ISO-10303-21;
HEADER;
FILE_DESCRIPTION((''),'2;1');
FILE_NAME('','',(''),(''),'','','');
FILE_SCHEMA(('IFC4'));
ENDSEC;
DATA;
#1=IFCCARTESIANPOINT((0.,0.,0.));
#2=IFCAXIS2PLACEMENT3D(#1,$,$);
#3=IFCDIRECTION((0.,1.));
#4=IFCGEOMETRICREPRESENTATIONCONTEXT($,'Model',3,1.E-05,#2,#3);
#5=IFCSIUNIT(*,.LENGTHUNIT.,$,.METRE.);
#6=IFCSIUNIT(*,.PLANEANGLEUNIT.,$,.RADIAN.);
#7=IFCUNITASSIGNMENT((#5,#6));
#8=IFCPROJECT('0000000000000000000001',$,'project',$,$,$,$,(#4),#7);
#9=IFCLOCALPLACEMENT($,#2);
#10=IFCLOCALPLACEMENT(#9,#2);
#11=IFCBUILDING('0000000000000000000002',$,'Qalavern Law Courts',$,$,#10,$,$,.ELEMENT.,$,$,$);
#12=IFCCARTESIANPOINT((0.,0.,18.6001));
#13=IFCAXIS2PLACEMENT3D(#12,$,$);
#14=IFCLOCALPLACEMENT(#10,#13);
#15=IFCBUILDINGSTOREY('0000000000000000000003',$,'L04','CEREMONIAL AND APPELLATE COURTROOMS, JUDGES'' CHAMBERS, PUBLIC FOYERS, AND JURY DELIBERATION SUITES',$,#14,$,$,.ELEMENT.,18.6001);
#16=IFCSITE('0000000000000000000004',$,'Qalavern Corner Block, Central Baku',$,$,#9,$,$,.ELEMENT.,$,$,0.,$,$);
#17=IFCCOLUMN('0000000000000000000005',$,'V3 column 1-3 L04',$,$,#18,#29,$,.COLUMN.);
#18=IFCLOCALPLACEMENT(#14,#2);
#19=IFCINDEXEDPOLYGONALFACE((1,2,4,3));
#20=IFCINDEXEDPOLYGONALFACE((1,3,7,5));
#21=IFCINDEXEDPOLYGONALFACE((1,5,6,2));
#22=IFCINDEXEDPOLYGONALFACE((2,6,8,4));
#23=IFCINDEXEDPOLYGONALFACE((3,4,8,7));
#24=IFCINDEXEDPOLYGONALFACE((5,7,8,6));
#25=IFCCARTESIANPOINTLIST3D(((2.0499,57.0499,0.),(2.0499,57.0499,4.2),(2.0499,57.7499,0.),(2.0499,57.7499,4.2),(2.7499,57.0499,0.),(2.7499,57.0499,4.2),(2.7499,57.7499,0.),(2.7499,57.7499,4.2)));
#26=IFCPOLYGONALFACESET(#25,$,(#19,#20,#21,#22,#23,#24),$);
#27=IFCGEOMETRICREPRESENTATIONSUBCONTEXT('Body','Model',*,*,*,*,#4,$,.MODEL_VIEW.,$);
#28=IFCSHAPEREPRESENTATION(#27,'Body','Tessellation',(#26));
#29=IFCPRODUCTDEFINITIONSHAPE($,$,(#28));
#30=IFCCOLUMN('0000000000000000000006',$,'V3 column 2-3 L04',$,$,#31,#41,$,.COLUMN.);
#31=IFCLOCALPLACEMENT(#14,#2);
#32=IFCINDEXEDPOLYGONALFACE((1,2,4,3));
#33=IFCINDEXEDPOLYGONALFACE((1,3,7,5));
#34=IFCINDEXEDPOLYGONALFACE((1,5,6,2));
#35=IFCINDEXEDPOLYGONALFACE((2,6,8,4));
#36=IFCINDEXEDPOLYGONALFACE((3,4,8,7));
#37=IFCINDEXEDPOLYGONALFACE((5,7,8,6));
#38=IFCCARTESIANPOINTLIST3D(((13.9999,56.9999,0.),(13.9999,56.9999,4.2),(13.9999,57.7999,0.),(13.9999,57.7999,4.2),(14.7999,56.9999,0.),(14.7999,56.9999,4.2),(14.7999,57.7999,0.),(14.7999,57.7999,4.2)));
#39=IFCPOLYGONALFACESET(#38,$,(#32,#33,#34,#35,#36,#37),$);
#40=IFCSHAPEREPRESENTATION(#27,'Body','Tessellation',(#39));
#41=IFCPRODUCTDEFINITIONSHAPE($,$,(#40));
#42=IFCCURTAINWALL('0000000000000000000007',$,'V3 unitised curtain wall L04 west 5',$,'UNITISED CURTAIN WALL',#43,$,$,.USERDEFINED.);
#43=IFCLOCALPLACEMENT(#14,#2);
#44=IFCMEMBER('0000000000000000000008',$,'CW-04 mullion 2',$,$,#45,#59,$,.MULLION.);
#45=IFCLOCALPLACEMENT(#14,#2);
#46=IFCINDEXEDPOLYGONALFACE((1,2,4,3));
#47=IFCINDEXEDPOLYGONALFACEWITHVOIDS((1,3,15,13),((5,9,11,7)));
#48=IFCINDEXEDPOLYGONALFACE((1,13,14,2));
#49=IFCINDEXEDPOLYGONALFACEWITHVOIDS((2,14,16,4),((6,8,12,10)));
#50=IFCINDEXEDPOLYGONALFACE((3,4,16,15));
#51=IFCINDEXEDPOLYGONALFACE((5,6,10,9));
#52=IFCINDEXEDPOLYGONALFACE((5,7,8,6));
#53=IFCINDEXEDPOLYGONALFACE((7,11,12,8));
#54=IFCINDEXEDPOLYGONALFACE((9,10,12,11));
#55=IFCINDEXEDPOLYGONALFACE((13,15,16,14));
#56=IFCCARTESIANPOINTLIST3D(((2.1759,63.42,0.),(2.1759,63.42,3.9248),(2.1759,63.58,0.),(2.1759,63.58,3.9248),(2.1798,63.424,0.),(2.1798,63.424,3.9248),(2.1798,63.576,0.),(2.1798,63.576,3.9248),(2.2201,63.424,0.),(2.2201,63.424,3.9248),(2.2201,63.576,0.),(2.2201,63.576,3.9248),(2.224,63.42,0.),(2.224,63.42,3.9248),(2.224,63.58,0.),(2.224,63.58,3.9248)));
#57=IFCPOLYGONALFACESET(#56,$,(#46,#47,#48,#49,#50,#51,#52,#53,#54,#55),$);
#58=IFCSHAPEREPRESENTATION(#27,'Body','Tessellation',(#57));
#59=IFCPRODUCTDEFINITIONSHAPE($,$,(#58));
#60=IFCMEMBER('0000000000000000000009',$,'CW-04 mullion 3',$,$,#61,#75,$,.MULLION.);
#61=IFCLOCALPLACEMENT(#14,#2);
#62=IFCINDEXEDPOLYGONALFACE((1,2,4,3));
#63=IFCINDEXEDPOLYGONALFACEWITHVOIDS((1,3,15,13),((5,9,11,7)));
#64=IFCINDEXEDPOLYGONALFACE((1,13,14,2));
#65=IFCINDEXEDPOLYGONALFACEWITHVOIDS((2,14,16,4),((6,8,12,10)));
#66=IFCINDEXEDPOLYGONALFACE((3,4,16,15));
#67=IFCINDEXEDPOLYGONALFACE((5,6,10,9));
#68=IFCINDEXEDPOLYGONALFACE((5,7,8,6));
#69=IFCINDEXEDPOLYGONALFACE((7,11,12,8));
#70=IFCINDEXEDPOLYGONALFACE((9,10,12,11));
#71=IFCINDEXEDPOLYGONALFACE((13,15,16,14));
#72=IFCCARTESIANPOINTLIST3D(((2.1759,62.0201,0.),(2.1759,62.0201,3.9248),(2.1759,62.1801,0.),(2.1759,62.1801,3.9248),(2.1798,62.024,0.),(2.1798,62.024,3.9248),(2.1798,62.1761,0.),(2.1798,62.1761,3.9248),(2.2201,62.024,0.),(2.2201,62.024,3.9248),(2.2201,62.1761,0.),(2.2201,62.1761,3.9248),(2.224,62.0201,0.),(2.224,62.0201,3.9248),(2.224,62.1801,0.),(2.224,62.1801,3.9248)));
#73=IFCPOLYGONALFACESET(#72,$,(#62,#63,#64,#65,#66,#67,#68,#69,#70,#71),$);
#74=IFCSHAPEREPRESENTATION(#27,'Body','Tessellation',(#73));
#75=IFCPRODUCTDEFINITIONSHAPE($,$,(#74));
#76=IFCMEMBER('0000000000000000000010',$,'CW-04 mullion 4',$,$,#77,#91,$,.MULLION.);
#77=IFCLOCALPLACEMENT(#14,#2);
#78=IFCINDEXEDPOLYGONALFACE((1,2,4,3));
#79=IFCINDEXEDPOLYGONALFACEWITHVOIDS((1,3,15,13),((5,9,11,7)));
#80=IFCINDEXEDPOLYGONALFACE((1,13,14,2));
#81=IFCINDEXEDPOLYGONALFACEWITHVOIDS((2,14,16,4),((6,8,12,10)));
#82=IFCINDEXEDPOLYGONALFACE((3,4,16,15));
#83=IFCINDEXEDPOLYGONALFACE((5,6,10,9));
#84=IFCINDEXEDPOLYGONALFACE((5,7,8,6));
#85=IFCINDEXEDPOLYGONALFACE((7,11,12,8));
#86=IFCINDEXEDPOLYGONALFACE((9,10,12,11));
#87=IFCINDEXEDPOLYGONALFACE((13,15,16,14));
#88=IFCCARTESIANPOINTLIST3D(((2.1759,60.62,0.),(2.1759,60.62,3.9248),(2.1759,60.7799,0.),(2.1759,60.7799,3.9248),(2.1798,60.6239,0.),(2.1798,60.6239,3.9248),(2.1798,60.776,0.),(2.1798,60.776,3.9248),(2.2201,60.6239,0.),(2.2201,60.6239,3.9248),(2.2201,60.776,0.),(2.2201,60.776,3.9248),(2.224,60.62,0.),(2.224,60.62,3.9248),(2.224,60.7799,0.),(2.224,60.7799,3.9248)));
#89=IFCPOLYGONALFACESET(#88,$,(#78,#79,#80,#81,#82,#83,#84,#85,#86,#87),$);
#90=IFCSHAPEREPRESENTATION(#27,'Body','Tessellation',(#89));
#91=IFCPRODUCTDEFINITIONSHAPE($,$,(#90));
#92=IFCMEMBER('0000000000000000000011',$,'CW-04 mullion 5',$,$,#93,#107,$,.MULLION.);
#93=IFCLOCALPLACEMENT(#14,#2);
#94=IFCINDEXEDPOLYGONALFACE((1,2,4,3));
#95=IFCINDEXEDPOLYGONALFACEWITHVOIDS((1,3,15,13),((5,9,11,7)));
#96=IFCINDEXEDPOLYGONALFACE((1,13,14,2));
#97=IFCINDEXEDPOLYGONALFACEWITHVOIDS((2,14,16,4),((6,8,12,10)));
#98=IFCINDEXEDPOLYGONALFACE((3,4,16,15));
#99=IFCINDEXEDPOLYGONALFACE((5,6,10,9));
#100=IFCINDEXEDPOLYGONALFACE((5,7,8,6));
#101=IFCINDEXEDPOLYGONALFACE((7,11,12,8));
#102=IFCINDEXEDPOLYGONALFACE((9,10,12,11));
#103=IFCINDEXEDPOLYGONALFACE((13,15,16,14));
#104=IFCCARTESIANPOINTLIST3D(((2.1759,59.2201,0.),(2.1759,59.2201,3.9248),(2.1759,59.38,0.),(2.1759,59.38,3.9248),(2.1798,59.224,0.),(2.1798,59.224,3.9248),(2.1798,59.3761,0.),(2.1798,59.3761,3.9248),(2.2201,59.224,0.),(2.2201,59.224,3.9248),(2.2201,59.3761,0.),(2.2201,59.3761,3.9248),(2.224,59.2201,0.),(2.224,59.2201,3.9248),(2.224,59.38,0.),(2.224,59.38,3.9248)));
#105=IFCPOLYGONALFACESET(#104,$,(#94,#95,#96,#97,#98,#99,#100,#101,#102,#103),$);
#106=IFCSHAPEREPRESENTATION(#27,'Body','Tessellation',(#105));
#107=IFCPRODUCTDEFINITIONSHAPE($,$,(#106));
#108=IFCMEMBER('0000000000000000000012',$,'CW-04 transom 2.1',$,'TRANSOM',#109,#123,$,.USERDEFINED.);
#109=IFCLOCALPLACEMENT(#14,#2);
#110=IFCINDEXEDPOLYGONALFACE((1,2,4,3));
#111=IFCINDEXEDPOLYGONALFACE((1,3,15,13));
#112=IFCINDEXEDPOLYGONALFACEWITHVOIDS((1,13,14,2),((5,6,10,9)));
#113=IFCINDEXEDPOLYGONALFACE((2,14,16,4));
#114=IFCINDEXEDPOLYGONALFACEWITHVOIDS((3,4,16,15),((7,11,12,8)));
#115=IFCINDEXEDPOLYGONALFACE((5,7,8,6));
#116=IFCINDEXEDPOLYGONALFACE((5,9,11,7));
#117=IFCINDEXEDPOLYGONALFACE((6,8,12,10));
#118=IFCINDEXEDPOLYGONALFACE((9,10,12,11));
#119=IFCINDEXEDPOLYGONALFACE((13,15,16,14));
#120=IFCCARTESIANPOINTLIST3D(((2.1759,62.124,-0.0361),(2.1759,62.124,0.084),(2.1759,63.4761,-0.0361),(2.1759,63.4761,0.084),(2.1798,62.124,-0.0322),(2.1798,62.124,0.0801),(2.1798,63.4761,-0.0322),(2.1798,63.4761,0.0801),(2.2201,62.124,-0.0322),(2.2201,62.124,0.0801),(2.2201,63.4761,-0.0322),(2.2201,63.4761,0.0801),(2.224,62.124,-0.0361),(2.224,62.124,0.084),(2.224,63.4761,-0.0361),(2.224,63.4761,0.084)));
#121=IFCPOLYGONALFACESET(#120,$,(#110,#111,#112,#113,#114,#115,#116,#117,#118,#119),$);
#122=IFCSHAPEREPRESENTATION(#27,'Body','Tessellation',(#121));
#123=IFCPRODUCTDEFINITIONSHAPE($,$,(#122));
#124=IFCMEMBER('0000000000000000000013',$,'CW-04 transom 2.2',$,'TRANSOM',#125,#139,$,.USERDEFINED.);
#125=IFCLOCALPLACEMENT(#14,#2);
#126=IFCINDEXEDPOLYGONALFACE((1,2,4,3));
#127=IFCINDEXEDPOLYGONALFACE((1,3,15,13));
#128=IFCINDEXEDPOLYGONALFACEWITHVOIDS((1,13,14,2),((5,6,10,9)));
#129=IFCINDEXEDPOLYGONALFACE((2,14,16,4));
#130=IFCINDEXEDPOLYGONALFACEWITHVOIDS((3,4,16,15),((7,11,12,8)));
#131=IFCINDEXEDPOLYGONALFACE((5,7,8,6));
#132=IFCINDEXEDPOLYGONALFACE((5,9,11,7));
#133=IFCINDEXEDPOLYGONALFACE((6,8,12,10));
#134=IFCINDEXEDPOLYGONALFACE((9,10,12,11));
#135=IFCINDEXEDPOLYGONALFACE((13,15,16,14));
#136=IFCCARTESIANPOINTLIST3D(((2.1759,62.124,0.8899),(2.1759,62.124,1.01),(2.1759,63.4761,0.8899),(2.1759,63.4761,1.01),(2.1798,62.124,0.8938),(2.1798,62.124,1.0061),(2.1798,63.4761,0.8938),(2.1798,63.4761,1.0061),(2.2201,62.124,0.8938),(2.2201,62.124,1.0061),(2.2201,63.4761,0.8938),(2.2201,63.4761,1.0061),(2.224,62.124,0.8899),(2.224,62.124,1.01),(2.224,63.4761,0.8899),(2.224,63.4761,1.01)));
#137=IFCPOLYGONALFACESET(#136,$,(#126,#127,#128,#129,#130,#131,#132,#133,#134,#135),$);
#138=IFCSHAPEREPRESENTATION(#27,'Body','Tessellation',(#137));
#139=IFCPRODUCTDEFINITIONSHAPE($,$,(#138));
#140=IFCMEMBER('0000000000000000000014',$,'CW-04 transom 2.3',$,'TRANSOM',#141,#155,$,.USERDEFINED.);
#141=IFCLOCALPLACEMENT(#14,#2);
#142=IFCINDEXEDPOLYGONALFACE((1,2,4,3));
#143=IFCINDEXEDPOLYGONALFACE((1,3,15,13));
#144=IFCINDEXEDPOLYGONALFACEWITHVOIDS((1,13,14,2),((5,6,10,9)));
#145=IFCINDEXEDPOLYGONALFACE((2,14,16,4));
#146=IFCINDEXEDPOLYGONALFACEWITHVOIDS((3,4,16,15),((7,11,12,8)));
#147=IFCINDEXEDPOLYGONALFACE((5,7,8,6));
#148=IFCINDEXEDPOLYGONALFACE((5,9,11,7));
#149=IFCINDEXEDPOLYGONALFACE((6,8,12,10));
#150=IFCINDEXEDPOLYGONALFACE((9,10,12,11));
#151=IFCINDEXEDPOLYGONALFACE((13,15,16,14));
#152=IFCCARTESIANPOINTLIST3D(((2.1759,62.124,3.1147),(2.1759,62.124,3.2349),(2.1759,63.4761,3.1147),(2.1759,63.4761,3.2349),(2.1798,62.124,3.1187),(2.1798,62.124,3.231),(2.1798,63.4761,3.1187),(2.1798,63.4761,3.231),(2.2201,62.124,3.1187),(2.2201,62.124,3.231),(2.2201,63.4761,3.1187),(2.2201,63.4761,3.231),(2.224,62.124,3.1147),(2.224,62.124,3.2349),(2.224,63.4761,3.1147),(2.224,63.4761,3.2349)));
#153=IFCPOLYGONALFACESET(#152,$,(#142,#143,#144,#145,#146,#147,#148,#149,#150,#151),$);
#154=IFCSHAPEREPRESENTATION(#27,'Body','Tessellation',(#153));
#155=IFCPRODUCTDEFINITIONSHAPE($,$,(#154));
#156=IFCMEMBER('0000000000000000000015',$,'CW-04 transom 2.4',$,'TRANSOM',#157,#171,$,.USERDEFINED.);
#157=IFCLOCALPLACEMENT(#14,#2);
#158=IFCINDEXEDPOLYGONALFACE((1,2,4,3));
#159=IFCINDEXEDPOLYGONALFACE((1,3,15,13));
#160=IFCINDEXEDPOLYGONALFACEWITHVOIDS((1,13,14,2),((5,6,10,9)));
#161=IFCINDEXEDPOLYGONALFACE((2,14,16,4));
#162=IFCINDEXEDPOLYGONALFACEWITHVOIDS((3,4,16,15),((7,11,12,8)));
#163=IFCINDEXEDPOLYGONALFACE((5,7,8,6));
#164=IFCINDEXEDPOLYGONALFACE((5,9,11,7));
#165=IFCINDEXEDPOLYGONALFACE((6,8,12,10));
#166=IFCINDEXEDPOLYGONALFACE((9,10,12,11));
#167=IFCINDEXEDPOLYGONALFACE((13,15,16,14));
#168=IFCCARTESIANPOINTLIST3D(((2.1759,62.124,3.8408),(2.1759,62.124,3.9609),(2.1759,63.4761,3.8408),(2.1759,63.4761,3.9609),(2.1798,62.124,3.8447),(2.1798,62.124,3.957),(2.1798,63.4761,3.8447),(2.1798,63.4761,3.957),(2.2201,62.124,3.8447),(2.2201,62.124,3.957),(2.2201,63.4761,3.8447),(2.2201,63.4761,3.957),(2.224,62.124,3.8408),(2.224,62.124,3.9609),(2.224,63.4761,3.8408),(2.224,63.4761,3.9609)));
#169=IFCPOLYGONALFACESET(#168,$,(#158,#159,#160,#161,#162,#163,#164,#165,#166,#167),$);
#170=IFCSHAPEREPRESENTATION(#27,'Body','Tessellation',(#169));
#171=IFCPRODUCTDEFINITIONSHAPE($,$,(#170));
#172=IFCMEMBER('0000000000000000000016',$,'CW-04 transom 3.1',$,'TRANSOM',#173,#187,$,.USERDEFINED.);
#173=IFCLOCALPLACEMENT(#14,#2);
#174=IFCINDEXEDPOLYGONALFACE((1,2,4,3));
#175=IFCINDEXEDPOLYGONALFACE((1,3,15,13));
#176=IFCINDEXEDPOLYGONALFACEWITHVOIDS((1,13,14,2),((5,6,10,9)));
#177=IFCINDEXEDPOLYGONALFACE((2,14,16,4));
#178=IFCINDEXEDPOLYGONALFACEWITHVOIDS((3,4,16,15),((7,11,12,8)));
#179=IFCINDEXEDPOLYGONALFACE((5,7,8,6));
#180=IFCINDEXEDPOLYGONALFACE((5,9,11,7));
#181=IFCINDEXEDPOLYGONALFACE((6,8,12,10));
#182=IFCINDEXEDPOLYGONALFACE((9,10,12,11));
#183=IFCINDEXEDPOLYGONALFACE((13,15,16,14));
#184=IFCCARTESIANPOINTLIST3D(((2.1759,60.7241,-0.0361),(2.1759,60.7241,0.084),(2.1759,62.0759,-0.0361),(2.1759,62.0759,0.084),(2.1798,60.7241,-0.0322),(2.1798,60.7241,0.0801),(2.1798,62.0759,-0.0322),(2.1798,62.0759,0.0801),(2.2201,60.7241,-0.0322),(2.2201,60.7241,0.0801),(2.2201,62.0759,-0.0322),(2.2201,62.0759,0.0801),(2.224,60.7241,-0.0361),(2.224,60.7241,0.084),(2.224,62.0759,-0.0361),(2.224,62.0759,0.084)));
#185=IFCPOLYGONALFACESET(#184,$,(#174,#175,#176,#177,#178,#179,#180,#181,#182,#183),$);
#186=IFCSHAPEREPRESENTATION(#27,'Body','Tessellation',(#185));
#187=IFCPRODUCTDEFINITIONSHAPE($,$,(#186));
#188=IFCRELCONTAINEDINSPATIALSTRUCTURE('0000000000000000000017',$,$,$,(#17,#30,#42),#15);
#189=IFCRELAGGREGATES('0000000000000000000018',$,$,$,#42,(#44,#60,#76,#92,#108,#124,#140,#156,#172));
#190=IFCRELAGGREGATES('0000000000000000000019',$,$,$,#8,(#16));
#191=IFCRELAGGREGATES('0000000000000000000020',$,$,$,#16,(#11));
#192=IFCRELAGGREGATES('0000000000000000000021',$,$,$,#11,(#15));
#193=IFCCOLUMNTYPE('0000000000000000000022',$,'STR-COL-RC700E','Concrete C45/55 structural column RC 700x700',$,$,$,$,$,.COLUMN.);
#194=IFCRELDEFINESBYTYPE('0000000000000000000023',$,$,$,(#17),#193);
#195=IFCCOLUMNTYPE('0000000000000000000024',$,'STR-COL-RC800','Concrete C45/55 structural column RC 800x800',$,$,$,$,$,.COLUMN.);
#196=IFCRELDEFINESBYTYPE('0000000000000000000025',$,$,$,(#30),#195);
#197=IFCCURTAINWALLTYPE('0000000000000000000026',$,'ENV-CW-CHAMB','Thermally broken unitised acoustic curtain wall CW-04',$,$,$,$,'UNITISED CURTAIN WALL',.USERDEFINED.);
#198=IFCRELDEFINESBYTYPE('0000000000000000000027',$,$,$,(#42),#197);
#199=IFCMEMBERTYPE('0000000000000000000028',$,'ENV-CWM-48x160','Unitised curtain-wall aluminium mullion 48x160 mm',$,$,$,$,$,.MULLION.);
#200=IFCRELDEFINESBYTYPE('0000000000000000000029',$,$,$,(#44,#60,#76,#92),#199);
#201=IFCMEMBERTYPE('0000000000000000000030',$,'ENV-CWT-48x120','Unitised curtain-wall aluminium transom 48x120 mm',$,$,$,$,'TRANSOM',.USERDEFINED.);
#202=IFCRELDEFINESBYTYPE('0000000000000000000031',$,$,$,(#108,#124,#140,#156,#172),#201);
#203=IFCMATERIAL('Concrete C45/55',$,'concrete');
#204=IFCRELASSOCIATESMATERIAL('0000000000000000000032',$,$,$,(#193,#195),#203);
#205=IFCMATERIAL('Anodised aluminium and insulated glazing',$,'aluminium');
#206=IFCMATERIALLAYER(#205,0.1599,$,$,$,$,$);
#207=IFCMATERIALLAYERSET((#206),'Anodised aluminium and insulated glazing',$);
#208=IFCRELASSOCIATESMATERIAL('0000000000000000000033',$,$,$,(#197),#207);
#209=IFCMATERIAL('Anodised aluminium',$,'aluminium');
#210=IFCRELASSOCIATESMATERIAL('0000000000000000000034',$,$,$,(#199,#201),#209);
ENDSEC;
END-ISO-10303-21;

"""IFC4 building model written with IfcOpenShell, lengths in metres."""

from ifc_helpers import new_model, si_unit, direction, frame, origin, origin_2d, place, context, subcontext, project, spatial, rectangle, hollow_rectangle, extrude, material, layer, layer_set, material_profile, profile_set, type_object, element, aggregate, save


model = new_model("IFC4")

# Units and contexts
model_context = context("Model", 3, precision=1e-05, world=origin(), true_north=direction((0.0, 1.0)))
body_context = subcontext(model_context, "Body", "Model", "MODEL_VIEW")
ifc_project = project(units=[si_unit("LENGTHUNIT", "METRE"), si_unit("PLANEANGLEUNIT", "RADIAN")], contexts=[model_context])

# Site, building, storey
site_placement = place(None, origin())
site = spatial("IfcSite", under=ifc_project, at=site_placement, Name="Qalavern Corner Block, Central Baku", CompositionType="ELEMENT", RefElevation=0.0)
building_placement = place(site_placement, origin())
building = spatial("IfcBuilding", under=site, at=building_placement, Name="Qalavern Law Courts", CompositionType="ELEMENT")
storey_placement = place(building_placement, frame((0.0, 0.0, 18.6001)))
storey = spatial("IfcBuildingStorey", under=building, at=storey_placement, Name="L04", Description="CEREMONIAL AND APPELLATE COURTROOMS, JUDGES' CHAMBERS, PUBLIC FOYERS, AND JURY DELIBERATION SUITES", CompositionType="ELEMENT", Elevation=18.6001)

# Columns
ifc_material_1 = material(Name="Concrete C45/55", Category="concrete")
ifc_material_profile_1 = material_profile(ifc_material_1, rectangle(XDim=0.7, YDim=0.7, at=origin_2d()), Name="RC 700x700")
ifc_profile_set_1 = profile_set([ifc_material_profile_1], Name="Concrete C45/55")
column_type_1 = type_object("IfcColumnType", Name="STR-COL-RC700E", Description="Concrete C45/55 structural column RC 700x700", PredefinedType="COLUMN", material=ifc_profile_set_1)
column_1_placement = place(storey_placement, frame((2.3999, 57.3999, 0.0), z_axis=(0.0, 0.0, 1.0), x_axis=(1.0, 0.0, 0.0)))
element("IfcColumn", 1, at=column_1_placement, inside=storey, type_object=column_type_1, Name="V3 column 1-3 L04", PredefinedType="COLUMN", context=body_context, shape_type="SweptSolid", body=[
    extrude(rectangle(XDim=0.7, YDim=0.7, at=origin_2d()), origin(), (0.0, 0.0, 1.0), 4.2),
])
ifc_material_profile_2 = material_profile(ifc_material_1, rectangle(XDim=0.8, YDim=0.8, at=origin_2d()), Name="RC 800x800")
ifc_profile_set_2 = profile_set([ifc_material_profile_2], Name="Concrete C45/55")
column_type_2 = type_object("IfcColumnType", Name="STR-COL-RC800", Description="Concrete C45/55 structural column RC 800x800", PredefinedType="COLUMN", material=ifc_profile_set_2)
column_2_placement = place(storey_placement, frame((14.3999, 57.3999, 0.0), z_axis=(0.0, 0.0, 1.0), x_axis=(1.0, 0.0, 0.0)))
element("IfcColumn", 2, at=column_2_placement, inside=storey, type_object=column_type_2, Name="V3 column 2-3 L04", PredefinedType="COLUMN", context=body_context, shape_type="SweptSolid", body=[
    extrude(rectangle(XDim=0.8, YDim=0.8, at=origin_2d()), origin(), (0.0, 0.0, 1.0), 4.2),
])

# Curtain wall, members
ifc_material_2 = material(Name="Anodised aluminium and insulated glazing", Category="aluminium")
ifc_layer_1 = layer(ifc_material_2, 0.1599)
ifc_layer_set_1 = layer_set([ifc_layer_1], Name="Anodised aluminium and insulated glazing")
curtain_wall_type = type_object("IfcCurtainWallType", Name="ENV-CW-CHAMB", Description="Thermally broken unitised acoustic curtain wall CW-04", ElementType="UNITISED CURTAIN WALL", PredefinedType="USERDEFINED", material=ifc_layer_set_1)
curtain_wall_placement = place(storey_placement, origin())
curtain_wall = element("IfcCurtainWall", 3, at=curtain_wall_placement, inside=storey, type_object=curtain_wall_type, Name="V3 unitised curtain wall L04 west 5", ObjectType="UNITISED CURTAIN WALL", PredefinedType="USERDEFINED")
ifc_material_3 = material(Name="Anodised aluminium", Category="aluminium")
ifc_material_profile_3 = material_profile(ifc_material_3, hollow_rectangle(XDim=0.0481, YDim=0.1599, WallThickness=0.0039, at=origin_2d()), Name="ALU MULLION 48x160")
ifc_profile_set_3 = profile_set([ifc_material_profile_3], Name="Anodised aluminium")
member_type_1 = type_object("IfcMemberType", Name="ENV-CWM-48x160", Description="Unitised curtain-wall aluminium mullion 48x160 mm", PredefinedType="MULLION", material=ifc_profile_set_3)
member_1_placement = place(storey_placement, frame((2.2, 63.5, 0.0), z_axis=(0.0, 0.0, 1.0), x_axis=(1.0, 0.0, 0.0)))
member_1 = element("IfcMember", 4, at=member_1_placement, type_object=member_type_1, Name="CW-04 mullion 2", PredefinedType="MULLION", context=body_context, shape_type="SweptSolid", body=[
    extrude(hollow_rectangle(XDim=0.0481, YDim=0.1599, WallThickness=0.0039, at=origin_2d()), origin(), (0.0, 0.0, 1.0), 3.9248),
])
member_2_placement = place(storey_placement, frame((2.2, 62.1001, 0.0), z_axis=(0.0, 0.0, 1.0), x_axis=(1.0, 0.0, 0.0)))
member_2 = element("IfcMember", 5, at=member_2_placement, type_object=member_type_1, Name="CW-04 mullion 3", PredefinedType="MULLION", context=body_context, shape_type="SweptSolid", body=[
    extrude(hollow_rectangle(XDim=0.0481, YDim=0.1599, WallThickness=0.0039, at=origin_2d()), origin(), (0.0, 0.0, 1.0), 3.9248),
])
member_3_placement = place(storey_placement, frame((2.2, 60.7, 0.0), z_axis=(0.0, 0.0, 1.0), x_axis=(1.0, 0.0, 0.0)))
member_3 = element("IfcMember", 6, at=member_3_placement, type_object=member_type_1, Name="CW-04 mullion 4", PredefinedType="MULLION", context=body_context, shape_type="SweptSolid", body=[
    extrude(hollow_rectangle(XDim=0.0481, YDim=0.1599, WallThickness=0.0039, at=origin_2d()), origin(), (0.0, 0.0, 1.0), 3.9248),
])
member_4_placement = place(storey_placement, frame((2.2, 59.3, 0.0), z_axis=(0.0, 0.0, 1.0), x_axis=(1.0, 0.0, 0.0)))
member_4 = element("IfcMember", 7, at=member_4_placement, type_object=member_type_1, Name="CW-04 mullion 5", PredefinedType="MULLION", context=body_context, shape_type="SweptSolid", body=[
    extrude(hollow_rectangle(XDim=0.0481, YDim=0.1599, WallThickness=0.0039, at=origin_2d()), origin(), (0.0, 0.0, 1.0), 3.9248),
])
ifc_material_profile_4 = material_profile(ifc_material_3, hollow_rectangle(XDim=0.0481, YDim=0.1201, WallThickness=0.0039, at=origin_2d()), Name="ALU TRANSOM 48x120")
ifc_profile_set_4 = profile_set([ifc_material_profile_4], Name="Anodised aluminium")
member_type_2 = type_object("IfcMemberType", Name="ENV-CWT-48x120", Description="Unitised curtain-wall aluminium transom 48x120 mm", ElementType="TRANSOM", PredefinedType="USERDEFINED", material=ifc_profile_set_4)
member_5_placement = place(storey_placement, frame((2.2, 63.4761, 0.0239), z_axis=(0.0, -1.0, 0.0), x_axis=(1.0, 0.0, 0.0)))
member_5 = element("IfcMember", 8, at=member_5_placement, type_object=member_type_2, Name="CW-04 transom 2.1", ObjectType="TRANSOM", PredefinedType="USERDEFINED", context=body_context, shape_type="SweptSolid", body=[
    extrude(hollow_rectangle(XDim=0.0481, YDim=0.1201, WallThickness=0.0039, at=origin_2d()), origin(), (0.0, 0.0, 1.0), 1.3521),
])
member_6_placement = place(storey_placement, frame((2.2, 63.4761, 0.95), z_axis=(0.0, -1.0, 0.0), x_axis=(1.0, 0.0, 0.0)))
member_6 = element("IfcMember", 9, at=member_6_placement, type_object=member_type_2, Name="CW-04 transom 2.2", ObjectType="TRANSOM", PredefinedType="USERDEFINED", context=body_context, shape_type="SweptSolid", body=[
    extrude(hollow_rectangle(XDim=0.0481, YDim=0.1201, WallThickness=0.0039, at=origin_2d()), origin(), (0.0, 0.0, 1.0), 1.3521),
])
member_7_placement = place(storey_placement, frame((2.2, 63.4761, 3.1748), z_axis=(0.0, -1.0, 0.0), x_axis=(1.0, 0.0, 0.0)))
member_7 = element("IfcMember", 10, at=member_7_placement, type_object=member_type_2, Name="CW-04 transom 2.3", ObjectType="TRANSOM", PredefinedType="USERDEFINED", context=body_context, shape_type="SweptSolid", body=[
    extrude(hollow_rectangle(XDim=0.0481, YDim=0.1201, WallThickness=0.0039, at=origin_2d()), origin(), (0.0, 0.0, 1.0), 1.3521),
])
member_8_placement = place(storey_placement, frame((2.2, 63.4761, 3.9009), z_axis=(0.0, -1.0, 0.0), x_axis=(1.0, 0.0, 0.0)))
member_8 = element("IfcMember", 11, at=member_8_placement, type_object=member_type_2, Name="CW-04 transom 2.4", ObjectType="TRANSOM", PredefinedType="USERDEFINED", context=body_context, shape_type="SweptSolid", body=[
    extrude(hollow_rectangle(XDim=0.0481, YDim=0.1201, WallThickness=0.0039, at=origin_2d()), origin(), (0.0, 0.0, 1.0), 1.3521),
])
member_9_placement = place(storey_placement, frame((2.2, 62.0759, 0.0239), z_axis=(0.0, -1.0, 0.0), x_axis=(1.0, 0.0, 0.0)))
member_9 = element("IfcMember", 12, at=member_9_placement, type_object=member_type_2, Name="CW-04 transom 3.1", ObjectType="TRANSOM", PredefinedType="USERDEFINED", context=body_context, shape_type="SweptSolid", body=[
    extrude(hollow_rectangle(XDim=0.0481, YDim=0.1201, WallThickness=0.0039, at=origin_2d()), origin(), (0.0, 0.0, 1.0), 1.3518),
])

aggregate(curtain_wall, [member_1, member_2, member_3, member_4, member_5, member_6, member_7, member_8, member_9])

save(model, "model.ifc")
